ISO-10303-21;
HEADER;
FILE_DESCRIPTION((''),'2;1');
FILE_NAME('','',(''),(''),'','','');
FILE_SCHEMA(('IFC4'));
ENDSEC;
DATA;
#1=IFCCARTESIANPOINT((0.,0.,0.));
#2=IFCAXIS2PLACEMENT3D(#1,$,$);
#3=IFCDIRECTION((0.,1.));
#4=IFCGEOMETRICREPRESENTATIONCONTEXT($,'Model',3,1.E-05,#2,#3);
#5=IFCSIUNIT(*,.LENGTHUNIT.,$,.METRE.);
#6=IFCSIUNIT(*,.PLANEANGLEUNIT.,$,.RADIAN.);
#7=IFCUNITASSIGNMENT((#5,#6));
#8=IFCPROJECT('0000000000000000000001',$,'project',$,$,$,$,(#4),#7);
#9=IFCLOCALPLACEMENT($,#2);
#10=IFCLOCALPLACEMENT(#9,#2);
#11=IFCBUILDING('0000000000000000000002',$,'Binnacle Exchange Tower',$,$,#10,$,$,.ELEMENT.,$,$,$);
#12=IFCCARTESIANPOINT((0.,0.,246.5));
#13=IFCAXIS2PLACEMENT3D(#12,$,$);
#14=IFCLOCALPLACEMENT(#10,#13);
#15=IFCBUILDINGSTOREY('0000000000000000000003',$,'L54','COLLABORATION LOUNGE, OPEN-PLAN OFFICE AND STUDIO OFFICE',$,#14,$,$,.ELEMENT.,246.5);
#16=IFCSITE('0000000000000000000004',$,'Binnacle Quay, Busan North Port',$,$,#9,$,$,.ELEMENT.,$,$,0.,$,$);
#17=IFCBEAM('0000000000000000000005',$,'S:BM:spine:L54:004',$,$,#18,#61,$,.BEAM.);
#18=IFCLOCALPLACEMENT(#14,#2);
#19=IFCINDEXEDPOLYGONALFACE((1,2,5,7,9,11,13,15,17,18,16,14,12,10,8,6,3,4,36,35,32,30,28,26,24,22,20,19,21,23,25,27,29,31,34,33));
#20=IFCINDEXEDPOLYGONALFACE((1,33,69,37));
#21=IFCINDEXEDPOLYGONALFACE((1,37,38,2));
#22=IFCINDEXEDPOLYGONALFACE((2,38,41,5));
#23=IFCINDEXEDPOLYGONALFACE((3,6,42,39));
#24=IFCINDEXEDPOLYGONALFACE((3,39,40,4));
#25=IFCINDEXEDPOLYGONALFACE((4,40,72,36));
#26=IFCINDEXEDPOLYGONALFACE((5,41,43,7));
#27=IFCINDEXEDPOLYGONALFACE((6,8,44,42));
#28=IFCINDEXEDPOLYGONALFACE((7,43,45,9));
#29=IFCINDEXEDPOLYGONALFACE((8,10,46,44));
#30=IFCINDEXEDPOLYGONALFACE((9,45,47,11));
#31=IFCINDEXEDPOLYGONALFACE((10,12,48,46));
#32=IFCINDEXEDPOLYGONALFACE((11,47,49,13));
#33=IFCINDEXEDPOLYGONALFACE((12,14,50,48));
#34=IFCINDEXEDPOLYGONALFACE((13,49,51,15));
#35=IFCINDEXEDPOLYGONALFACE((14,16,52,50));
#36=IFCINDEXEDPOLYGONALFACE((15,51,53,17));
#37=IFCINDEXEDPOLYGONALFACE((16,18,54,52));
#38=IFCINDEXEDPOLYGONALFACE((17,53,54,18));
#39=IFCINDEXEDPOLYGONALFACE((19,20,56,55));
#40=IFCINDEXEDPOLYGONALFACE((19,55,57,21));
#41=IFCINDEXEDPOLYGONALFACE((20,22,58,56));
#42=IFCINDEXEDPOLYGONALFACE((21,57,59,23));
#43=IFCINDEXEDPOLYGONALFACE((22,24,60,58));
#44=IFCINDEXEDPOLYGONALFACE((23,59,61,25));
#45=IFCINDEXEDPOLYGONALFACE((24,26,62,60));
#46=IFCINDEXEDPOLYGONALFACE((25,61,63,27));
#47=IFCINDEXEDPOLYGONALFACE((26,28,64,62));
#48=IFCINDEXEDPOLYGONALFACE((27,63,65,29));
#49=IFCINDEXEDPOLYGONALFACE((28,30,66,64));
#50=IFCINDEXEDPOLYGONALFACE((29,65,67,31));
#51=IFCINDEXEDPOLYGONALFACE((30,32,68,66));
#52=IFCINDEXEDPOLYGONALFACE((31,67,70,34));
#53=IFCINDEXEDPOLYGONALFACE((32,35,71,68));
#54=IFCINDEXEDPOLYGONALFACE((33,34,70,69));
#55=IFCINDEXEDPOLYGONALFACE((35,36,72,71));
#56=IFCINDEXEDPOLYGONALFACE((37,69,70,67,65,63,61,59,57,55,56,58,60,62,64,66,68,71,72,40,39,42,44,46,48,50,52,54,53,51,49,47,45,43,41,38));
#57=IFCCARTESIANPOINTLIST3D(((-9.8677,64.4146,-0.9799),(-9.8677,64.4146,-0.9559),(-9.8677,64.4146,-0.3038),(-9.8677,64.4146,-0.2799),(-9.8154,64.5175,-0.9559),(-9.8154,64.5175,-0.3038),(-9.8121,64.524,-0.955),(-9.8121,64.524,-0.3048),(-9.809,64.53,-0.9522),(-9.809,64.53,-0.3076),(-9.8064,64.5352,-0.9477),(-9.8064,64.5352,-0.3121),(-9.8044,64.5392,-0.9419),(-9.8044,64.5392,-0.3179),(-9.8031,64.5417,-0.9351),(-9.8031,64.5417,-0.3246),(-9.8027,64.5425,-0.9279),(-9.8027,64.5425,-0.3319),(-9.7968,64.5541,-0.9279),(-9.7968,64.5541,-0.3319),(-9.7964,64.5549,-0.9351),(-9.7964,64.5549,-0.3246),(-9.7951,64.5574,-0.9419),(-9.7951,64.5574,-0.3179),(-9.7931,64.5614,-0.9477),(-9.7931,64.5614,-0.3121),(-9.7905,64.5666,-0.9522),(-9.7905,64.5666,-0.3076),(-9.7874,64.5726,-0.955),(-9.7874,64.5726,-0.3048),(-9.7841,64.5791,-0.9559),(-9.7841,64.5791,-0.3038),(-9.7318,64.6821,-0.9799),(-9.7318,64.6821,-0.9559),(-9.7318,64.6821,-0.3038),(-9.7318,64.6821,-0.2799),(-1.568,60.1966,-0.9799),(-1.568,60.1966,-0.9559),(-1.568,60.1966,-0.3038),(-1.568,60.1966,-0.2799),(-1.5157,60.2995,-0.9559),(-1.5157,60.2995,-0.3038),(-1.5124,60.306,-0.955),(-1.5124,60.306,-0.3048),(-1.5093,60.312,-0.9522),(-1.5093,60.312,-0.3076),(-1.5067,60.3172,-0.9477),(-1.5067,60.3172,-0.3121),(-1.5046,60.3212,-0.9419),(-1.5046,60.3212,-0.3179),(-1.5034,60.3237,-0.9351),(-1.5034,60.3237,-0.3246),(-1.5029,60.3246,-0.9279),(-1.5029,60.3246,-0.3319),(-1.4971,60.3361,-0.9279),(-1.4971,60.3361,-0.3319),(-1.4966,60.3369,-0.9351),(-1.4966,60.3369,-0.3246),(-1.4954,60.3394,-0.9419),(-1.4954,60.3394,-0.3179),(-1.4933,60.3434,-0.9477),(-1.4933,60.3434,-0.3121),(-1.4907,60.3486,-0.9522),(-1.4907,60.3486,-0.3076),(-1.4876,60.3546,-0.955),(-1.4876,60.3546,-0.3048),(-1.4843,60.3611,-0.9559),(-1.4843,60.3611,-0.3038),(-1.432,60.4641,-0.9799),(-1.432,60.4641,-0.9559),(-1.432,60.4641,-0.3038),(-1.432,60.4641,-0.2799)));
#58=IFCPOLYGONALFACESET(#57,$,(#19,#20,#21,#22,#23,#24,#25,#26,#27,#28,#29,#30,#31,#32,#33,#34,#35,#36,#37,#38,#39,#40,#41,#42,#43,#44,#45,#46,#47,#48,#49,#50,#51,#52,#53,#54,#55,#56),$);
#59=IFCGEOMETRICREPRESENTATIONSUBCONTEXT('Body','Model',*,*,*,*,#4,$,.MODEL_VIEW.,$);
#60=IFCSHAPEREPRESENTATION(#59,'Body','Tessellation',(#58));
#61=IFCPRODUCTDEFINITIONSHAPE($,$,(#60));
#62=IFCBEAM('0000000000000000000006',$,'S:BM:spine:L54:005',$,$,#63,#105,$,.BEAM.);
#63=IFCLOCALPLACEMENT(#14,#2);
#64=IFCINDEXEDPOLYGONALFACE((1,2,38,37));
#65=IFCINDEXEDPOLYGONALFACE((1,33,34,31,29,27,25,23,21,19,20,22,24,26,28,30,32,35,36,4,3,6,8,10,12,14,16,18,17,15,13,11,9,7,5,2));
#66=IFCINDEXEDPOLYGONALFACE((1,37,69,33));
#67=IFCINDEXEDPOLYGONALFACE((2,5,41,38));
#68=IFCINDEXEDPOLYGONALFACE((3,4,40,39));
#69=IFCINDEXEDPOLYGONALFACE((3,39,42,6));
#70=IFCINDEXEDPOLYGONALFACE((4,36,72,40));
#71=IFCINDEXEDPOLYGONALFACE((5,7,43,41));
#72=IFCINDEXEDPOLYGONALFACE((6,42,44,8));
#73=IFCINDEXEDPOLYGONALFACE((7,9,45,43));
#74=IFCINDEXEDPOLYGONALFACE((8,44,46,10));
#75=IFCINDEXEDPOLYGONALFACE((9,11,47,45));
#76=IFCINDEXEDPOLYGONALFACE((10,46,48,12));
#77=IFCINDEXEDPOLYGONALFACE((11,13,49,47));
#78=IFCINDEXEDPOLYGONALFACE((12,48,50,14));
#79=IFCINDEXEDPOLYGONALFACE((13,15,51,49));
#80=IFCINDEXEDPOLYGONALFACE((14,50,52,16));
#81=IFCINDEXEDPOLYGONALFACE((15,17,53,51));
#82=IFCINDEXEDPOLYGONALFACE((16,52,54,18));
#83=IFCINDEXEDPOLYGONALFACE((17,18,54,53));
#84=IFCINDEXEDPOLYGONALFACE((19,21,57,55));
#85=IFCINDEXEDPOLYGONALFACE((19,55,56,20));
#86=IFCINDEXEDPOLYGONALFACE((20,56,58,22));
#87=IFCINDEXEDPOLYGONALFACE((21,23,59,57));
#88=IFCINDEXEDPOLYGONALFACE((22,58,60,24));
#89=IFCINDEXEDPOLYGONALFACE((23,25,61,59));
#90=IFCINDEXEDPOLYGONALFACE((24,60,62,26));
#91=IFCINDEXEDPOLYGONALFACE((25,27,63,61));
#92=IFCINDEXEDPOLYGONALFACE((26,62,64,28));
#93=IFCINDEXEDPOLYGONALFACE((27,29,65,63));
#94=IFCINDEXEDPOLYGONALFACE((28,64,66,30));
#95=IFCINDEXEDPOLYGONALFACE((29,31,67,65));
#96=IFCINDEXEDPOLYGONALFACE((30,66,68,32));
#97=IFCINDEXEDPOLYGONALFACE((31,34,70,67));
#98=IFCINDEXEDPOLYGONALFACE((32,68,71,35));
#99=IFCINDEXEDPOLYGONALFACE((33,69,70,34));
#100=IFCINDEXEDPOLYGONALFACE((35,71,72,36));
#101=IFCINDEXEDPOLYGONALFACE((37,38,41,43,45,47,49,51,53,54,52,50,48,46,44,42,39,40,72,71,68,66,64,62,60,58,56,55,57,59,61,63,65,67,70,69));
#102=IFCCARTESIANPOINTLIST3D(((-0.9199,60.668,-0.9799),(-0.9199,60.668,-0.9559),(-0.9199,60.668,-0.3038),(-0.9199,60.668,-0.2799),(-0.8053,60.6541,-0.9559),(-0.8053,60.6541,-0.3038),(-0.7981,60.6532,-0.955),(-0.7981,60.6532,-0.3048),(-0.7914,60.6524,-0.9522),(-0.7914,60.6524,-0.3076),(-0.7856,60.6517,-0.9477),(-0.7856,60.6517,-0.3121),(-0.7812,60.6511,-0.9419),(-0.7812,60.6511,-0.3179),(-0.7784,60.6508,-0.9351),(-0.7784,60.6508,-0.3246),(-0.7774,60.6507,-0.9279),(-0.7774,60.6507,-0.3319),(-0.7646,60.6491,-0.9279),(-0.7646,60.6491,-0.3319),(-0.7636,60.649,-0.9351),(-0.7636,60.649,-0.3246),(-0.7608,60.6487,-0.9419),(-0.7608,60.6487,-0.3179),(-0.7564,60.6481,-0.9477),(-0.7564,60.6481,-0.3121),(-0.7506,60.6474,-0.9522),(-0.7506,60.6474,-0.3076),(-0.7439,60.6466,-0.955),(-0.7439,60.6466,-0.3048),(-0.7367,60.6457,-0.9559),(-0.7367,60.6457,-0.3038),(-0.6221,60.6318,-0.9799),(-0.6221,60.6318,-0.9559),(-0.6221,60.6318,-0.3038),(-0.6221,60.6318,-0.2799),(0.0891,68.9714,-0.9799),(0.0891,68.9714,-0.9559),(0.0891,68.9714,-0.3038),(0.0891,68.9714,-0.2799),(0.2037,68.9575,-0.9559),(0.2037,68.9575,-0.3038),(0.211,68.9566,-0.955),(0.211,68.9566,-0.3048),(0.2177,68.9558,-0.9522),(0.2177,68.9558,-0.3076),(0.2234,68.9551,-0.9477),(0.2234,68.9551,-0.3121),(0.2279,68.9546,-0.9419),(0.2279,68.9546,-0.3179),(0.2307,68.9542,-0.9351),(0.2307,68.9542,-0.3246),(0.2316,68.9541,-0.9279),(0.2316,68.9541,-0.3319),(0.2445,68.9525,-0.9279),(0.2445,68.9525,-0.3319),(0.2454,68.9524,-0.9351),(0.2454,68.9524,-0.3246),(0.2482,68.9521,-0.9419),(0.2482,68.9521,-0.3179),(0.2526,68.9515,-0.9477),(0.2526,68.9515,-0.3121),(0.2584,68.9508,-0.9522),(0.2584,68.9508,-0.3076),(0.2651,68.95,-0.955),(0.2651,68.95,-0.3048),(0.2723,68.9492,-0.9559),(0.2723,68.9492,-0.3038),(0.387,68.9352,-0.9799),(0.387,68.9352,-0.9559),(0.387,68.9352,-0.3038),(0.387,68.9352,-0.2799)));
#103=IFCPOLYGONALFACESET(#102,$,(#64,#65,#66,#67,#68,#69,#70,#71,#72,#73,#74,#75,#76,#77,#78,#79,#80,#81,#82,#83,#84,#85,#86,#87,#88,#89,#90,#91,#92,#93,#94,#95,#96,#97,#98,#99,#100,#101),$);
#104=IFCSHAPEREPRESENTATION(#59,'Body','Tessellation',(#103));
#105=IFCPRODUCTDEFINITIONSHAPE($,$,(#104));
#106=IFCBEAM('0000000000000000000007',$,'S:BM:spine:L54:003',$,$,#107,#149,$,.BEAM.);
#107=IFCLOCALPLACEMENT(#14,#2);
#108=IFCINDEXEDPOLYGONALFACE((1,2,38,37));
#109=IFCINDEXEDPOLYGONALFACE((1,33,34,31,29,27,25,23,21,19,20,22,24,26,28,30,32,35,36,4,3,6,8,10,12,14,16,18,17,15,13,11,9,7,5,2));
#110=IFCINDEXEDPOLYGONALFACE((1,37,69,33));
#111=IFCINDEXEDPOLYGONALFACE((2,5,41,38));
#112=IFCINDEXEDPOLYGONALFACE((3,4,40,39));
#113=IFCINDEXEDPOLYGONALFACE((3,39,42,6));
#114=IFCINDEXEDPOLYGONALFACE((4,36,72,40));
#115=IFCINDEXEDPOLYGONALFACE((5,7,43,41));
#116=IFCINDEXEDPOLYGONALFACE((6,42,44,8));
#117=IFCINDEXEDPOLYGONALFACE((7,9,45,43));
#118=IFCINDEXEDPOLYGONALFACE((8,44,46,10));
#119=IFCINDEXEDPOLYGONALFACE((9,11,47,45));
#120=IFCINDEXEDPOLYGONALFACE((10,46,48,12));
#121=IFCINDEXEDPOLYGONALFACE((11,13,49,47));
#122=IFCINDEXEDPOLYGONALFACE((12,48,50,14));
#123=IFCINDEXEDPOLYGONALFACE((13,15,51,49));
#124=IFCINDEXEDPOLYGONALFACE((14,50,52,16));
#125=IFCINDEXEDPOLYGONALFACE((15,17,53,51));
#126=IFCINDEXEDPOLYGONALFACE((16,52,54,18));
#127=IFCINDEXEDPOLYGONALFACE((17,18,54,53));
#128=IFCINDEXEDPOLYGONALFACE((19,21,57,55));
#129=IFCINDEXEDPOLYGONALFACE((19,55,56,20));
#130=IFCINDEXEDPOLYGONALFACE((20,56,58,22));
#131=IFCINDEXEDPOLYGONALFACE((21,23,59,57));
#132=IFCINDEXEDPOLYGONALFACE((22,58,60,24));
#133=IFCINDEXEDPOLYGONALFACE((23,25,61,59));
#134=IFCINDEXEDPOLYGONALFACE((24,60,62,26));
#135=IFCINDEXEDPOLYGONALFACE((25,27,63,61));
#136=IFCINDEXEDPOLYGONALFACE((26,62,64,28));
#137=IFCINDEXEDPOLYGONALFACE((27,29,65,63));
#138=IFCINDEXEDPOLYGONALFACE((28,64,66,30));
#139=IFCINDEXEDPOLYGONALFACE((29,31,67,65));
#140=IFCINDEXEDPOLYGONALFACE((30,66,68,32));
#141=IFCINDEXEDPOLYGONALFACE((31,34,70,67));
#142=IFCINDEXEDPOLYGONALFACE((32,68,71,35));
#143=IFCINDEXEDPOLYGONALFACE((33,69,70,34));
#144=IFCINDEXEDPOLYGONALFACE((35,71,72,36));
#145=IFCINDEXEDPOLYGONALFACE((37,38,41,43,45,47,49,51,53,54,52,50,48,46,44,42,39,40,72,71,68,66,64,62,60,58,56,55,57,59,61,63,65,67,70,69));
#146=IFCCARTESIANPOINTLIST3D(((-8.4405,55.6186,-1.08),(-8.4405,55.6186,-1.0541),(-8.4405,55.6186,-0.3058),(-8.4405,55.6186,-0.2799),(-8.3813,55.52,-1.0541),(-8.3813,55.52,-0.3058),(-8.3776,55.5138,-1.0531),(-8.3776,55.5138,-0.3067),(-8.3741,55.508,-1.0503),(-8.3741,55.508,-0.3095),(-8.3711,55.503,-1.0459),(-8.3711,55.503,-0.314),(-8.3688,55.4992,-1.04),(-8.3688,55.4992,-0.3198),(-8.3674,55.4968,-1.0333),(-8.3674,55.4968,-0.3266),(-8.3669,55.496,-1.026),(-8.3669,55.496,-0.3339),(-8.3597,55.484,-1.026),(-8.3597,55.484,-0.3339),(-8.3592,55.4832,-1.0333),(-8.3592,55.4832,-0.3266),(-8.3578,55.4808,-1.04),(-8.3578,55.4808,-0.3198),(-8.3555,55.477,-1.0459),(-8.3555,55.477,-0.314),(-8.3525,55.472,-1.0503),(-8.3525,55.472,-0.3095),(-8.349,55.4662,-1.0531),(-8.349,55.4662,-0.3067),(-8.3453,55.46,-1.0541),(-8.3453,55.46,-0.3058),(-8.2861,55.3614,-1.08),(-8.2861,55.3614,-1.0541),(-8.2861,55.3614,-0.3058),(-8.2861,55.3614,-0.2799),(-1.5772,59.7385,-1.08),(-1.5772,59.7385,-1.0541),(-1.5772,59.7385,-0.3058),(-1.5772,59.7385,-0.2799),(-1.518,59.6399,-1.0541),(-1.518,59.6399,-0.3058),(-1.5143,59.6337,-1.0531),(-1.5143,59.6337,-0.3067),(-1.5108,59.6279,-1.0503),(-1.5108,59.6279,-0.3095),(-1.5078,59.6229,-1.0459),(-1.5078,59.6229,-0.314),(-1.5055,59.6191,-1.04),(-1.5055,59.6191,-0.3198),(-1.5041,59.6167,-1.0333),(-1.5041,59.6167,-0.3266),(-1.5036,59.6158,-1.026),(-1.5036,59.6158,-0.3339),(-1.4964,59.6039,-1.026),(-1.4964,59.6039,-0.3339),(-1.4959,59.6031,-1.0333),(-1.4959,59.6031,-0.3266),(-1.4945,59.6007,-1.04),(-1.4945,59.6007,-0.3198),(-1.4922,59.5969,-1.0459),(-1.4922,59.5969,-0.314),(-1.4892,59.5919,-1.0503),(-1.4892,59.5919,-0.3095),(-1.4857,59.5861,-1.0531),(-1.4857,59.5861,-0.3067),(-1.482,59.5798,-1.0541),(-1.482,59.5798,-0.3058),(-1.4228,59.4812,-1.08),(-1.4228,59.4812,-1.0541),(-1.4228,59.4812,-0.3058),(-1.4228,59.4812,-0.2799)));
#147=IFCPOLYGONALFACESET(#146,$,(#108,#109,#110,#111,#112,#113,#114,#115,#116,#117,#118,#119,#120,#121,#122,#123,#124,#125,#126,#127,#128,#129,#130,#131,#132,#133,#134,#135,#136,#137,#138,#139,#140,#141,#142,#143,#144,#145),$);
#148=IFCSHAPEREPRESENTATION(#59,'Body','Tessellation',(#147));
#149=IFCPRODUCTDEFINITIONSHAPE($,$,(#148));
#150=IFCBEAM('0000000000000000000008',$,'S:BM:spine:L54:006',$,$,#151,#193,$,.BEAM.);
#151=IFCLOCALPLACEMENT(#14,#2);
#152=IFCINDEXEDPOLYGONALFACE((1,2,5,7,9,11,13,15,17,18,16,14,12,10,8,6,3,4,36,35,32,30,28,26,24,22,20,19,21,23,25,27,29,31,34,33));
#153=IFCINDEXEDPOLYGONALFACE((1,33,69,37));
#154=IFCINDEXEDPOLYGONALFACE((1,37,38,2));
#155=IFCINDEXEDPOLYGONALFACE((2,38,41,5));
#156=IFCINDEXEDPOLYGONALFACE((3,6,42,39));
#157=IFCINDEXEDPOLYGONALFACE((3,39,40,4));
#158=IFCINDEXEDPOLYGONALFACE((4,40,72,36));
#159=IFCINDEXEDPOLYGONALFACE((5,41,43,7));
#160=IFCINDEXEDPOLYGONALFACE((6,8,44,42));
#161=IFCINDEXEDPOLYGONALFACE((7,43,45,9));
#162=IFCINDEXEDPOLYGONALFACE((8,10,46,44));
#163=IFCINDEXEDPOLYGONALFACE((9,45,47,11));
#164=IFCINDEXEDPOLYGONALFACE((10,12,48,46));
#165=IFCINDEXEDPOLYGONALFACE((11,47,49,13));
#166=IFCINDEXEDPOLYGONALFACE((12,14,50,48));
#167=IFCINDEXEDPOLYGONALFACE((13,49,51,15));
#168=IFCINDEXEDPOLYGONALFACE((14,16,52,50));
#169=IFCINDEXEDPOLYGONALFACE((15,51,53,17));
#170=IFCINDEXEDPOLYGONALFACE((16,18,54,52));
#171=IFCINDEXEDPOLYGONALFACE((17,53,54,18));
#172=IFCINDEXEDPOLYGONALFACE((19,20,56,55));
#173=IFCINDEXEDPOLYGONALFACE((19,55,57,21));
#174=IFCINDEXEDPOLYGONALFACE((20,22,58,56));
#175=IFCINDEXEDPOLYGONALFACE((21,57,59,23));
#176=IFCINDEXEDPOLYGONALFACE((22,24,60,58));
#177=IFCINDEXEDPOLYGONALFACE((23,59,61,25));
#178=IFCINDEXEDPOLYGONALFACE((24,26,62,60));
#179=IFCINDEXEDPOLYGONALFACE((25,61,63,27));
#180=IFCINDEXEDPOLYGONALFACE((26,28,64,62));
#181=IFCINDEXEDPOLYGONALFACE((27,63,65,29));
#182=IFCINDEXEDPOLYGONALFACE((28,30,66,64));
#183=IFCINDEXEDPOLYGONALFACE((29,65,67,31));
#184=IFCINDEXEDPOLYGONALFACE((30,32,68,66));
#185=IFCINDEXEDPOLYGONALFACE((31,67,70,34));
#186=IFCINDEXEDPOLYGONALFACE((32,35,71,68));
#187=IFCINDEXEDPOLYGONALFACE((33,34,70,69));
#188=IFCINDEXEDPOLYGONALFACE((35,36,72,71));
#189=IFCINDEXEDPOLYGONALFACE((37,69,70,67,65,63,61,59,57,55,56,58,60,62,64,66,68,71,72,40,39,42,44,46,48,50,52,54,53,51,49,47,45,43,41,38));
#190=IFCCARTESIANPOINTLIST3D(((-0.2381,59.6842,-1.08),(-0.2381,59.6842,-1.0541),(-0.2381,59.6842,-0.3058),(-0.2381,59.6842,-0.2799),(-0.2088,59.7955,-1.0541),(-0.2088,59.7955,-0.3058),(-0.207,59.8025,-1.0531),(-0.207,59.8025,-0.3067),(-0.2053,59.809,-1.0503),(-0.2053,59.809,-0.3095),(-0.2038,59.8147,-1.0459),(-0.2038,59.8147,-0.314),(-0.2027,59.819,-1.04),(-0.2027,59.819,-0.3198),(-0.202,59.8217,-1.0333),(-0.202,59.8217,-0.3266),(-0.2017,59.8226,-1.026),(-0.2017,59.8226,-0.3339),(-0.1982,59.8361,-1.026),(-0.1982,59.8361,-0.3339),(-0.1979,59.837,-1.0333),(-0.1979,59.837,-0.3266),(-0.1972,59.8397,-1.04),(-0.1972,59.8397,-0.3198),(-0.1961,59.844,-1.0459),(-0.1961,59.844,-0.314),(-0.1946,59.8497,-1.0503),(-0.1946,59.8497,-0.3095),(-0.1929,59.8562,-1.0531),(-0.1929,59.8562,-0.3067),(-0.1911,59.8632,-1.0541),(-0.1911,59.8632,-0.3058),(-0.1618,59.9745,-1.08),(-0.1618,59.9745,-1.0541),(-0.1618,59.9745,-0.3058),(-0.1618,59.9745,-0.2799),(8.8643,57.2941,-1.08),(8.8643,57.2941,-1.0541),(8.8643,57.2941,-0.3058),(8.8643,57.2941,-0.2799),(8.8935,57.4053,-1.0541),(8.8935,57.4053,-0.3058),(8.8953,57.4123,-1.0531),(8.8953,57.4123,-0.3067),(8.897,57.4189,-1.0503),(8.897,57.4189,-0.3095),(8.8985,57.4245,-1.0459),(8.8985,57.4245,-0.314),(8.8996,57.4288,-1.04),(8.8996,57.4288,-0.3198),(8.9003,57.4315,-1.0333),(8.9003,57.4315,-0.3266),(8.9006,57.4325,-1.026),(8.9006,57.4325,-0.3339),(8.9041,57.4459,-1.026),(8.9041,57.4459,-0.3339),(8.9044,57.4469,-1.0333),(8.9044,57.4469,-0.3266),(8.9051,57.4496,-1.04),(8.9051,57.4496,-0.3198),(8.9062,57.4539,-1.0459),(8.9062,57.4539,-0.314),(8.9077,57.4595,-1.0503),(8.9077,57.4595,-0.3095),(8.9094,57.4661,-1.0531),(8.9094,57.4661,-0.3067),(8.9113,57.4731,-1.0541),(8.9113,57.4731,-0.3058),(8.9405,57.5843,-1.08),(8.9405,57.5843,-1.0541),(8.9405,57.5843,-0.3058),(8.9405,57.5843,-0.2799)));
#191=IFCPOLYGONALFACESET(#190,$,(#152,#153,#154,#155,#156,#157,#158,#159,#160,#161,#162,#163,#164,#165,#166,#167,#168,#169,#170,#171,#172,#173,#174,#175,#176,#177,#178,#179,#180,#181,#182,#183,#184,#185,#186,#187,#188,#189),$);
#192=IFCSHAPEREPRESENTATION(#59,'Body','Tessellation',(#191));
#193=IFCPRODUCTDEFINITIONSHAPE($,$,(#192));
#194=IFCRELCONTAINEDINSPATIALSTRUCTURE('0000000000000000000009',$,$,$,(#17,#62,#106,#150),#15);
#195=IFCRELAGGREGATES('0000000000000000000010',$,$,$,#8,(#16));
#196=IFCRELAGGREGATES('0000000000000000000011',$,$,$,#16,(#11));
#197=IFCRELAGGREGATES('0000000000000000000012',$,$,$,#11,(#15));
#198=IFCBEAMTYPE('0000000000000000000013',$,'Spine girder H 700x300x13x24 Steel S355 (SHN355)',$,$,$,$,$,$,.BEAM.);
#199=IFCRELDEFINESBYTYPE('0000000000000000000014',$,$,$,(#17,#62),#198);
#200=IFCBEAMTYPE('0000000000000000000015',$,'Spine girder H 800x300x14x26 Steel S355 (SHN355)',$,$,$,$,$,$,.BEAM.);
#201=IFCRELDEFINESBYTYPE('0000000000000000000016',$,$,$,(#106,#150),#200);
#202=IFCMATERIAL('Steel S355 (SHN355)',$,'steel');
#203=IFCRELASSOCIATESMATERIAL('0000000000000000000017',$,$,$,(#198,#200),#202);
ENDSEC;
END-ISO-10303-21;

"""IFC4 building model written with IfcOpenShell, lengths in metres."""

from ifc_helpers import new_model, si_unit, direction, frame, origin, origin_2d, place, context, subcontext, project, spatial, i_section, extrude, material, material_profile, profile_set, type_object, element, save


model = new_model("IFC4")

# Units and contexts
model_context = context("Model", 3, precision=1e-05, world=origin(), true_north=direction((0.0, 1.0)))
body_context = subcontext(model_context, "Body", "Model", "MODEL_VIEW")
ifc_project = project(units=[si_unit("LENGTHUNIT", "METRE"), si_unit("PLANEANGLEUNIT", "RADIAN")], contexts=[model_context])

# Site, building, storey
site_placement = place(None, origin())
site = spatial("IfcSite", under=ifc_project, at=site_placement, Name="Binnacle Quay, Busan North Port", CompositionType="ELEMENT", RefElevation=0.0)
building_placement = place(site_placement, origin())
building = spatial("IfcBuilding", under=site, at=building_placement, Name="Binnacle Exchange Tower", CompositionType="ELEMENT")
storey_placement = place(building_placement, frame((0.0, 0.0, 246.5)))
storey = spatial("IfcBuildingStorey", under=building, at=storey_placement, Name="L54", Description="COLLABORATION LOUNGE, OPEN-PLAN OFFICE AND STUDIO OFFICE", CompositionType="ELEMENT", Elevation=246.5)

# Beams
ifc_material_1 = material(Name="Steel S355 (SHN355)", Category="steel")
ifc_material_profile_1 = material_profile(ifc_material_1, i_section(OverallWidth=0.3, OverallDepth=0.7, WebThickness=0.0129, FlangeThickness=0.0239, FilletRadius=0.0281, at=origin_2d()), Name="H 700x300x13x24")
ifc_profile_set_1 = profile_set([ifc_material_profile_1], Name="Steel S355 (SHN355)")
beam_type_1 = type_object("IfcBeamType", Name="Spine girder H 700x300x13x24 Steel S355 (SHN355)", PredefinedType="BEAM", material=ifc_profile_set_1)
beam_1_placement = place(storey_placement, frame((-1.5, 60.3303, -0.6299), z_axis=(-0.891482, 0.453057, 0.0), x_axis=(-0.453057, -0.891482, 0.0)))
element("IfcBeam", 1, at=beam_1_placement, inside=storey, type_object=beam_type_1, Name="S:BM:spine:L54:004", PredefinedType="BEAM", context=body_context, shape_type="SweptSolid", body=[
    extrude(i_section(OverallWidth=0.3, OverallDepth=0.7, WebThickness=0.0129, FlangeThickness=0.0239, FilletRadius=0.0281, at=origin_2d()), origin(), (0.0, 0.0, 1.0), 9.3101),
])
beam_2_placement = place(storey_placement, frame((-0.771, 60.6499, -0.6299), z_axis=(0.120632, 0.992697, 0.0), x_axis=(-0.992697, 0.120632, 0.0)))
element("IfcBeam", 2, at=beam_2_placement, inside=storey, type_object=beam_type_1, Name="S:BM:spine:L54:005", PredefinedType="BEAM", context=body_context, shape_type="SweptSolid", body=[
    extrude(i_section(OverallWidth=0.3, OverallDepth=0.7, WebThickness=0.0129, FlangeThickness=0.0239, FilletRadius=0.0281, at=origin_2d()), origin(), (0.0, 0.0, 1.0), 8.3645),
])
ifc_material_profile_2 = material_profile(ifc_material_1, i_section(OverallWidth=0.3, OverallDepth=0.8, WebThickness=0.0139, FlangeThickness=0.0259, FilletRadius=0.0281, at=origin_2d()), Name="H 800x300x14x26")
ifc_profile_set_2 = profile_set([ifc_material_profile_2], Name="Steel S355 (SHN355)")
beam_type_2 = type_object("IfcBeamType", Name="Spine girder H 800x300x14x26 Steel S355 (SHN355)", PredefinedType="BEAM", material=ifc_profile_set_2)
beam_3_placement = place(storey_placement, frame((-8.3633, 55.49, -0.6799), z_axis=(0.857388, 0.514671, 0.0), x_axis=(-0.514671, 0.857388, 0.0)))
element("IfcBeam", 3, at=beam_3_placement, inside=storey, type_object=beam_type_2, Name="S:BM:spine:L54:003", PredefinedType="BEAM", context=body_context, shape_type="SweptSolid", body=[
    extrude(i_section(OverallWidth=0.3, OverallDepth=0.8, WebThickness=0.0139, FlangeThickness=0.0259, FilletRadius=0.0281, at=origin_2d()), origin(), (0.0, 0.0, 1.0), 8.0049),
])
beam_4_placement = place(storey_placement, frame((-0.2, 59.8293, -0.6799), z_axis=(0.96721, -0.253976, 0.0), x_axis=(0.253976, 0.96721, 0.0)))
element("IfcBeam", 4, at=beam_4_placement, inside=storey, type_object=beam_type_2, Name="S:BM:spine:L54:006", PredefinedType="BEAM", context=body_context, shape_type="SweptSolid", body=[
    extrude(i_section(OverallWidth=0.3, OverallDepth=0.8, WebThickness=0.0139, FlangeThickness=0.0259, FilletRadius=0.0281, at=origin_2d()), origin(), (0.0, 0.0, 1.0), 9.4109),
])

save(model, "model.ifc")
